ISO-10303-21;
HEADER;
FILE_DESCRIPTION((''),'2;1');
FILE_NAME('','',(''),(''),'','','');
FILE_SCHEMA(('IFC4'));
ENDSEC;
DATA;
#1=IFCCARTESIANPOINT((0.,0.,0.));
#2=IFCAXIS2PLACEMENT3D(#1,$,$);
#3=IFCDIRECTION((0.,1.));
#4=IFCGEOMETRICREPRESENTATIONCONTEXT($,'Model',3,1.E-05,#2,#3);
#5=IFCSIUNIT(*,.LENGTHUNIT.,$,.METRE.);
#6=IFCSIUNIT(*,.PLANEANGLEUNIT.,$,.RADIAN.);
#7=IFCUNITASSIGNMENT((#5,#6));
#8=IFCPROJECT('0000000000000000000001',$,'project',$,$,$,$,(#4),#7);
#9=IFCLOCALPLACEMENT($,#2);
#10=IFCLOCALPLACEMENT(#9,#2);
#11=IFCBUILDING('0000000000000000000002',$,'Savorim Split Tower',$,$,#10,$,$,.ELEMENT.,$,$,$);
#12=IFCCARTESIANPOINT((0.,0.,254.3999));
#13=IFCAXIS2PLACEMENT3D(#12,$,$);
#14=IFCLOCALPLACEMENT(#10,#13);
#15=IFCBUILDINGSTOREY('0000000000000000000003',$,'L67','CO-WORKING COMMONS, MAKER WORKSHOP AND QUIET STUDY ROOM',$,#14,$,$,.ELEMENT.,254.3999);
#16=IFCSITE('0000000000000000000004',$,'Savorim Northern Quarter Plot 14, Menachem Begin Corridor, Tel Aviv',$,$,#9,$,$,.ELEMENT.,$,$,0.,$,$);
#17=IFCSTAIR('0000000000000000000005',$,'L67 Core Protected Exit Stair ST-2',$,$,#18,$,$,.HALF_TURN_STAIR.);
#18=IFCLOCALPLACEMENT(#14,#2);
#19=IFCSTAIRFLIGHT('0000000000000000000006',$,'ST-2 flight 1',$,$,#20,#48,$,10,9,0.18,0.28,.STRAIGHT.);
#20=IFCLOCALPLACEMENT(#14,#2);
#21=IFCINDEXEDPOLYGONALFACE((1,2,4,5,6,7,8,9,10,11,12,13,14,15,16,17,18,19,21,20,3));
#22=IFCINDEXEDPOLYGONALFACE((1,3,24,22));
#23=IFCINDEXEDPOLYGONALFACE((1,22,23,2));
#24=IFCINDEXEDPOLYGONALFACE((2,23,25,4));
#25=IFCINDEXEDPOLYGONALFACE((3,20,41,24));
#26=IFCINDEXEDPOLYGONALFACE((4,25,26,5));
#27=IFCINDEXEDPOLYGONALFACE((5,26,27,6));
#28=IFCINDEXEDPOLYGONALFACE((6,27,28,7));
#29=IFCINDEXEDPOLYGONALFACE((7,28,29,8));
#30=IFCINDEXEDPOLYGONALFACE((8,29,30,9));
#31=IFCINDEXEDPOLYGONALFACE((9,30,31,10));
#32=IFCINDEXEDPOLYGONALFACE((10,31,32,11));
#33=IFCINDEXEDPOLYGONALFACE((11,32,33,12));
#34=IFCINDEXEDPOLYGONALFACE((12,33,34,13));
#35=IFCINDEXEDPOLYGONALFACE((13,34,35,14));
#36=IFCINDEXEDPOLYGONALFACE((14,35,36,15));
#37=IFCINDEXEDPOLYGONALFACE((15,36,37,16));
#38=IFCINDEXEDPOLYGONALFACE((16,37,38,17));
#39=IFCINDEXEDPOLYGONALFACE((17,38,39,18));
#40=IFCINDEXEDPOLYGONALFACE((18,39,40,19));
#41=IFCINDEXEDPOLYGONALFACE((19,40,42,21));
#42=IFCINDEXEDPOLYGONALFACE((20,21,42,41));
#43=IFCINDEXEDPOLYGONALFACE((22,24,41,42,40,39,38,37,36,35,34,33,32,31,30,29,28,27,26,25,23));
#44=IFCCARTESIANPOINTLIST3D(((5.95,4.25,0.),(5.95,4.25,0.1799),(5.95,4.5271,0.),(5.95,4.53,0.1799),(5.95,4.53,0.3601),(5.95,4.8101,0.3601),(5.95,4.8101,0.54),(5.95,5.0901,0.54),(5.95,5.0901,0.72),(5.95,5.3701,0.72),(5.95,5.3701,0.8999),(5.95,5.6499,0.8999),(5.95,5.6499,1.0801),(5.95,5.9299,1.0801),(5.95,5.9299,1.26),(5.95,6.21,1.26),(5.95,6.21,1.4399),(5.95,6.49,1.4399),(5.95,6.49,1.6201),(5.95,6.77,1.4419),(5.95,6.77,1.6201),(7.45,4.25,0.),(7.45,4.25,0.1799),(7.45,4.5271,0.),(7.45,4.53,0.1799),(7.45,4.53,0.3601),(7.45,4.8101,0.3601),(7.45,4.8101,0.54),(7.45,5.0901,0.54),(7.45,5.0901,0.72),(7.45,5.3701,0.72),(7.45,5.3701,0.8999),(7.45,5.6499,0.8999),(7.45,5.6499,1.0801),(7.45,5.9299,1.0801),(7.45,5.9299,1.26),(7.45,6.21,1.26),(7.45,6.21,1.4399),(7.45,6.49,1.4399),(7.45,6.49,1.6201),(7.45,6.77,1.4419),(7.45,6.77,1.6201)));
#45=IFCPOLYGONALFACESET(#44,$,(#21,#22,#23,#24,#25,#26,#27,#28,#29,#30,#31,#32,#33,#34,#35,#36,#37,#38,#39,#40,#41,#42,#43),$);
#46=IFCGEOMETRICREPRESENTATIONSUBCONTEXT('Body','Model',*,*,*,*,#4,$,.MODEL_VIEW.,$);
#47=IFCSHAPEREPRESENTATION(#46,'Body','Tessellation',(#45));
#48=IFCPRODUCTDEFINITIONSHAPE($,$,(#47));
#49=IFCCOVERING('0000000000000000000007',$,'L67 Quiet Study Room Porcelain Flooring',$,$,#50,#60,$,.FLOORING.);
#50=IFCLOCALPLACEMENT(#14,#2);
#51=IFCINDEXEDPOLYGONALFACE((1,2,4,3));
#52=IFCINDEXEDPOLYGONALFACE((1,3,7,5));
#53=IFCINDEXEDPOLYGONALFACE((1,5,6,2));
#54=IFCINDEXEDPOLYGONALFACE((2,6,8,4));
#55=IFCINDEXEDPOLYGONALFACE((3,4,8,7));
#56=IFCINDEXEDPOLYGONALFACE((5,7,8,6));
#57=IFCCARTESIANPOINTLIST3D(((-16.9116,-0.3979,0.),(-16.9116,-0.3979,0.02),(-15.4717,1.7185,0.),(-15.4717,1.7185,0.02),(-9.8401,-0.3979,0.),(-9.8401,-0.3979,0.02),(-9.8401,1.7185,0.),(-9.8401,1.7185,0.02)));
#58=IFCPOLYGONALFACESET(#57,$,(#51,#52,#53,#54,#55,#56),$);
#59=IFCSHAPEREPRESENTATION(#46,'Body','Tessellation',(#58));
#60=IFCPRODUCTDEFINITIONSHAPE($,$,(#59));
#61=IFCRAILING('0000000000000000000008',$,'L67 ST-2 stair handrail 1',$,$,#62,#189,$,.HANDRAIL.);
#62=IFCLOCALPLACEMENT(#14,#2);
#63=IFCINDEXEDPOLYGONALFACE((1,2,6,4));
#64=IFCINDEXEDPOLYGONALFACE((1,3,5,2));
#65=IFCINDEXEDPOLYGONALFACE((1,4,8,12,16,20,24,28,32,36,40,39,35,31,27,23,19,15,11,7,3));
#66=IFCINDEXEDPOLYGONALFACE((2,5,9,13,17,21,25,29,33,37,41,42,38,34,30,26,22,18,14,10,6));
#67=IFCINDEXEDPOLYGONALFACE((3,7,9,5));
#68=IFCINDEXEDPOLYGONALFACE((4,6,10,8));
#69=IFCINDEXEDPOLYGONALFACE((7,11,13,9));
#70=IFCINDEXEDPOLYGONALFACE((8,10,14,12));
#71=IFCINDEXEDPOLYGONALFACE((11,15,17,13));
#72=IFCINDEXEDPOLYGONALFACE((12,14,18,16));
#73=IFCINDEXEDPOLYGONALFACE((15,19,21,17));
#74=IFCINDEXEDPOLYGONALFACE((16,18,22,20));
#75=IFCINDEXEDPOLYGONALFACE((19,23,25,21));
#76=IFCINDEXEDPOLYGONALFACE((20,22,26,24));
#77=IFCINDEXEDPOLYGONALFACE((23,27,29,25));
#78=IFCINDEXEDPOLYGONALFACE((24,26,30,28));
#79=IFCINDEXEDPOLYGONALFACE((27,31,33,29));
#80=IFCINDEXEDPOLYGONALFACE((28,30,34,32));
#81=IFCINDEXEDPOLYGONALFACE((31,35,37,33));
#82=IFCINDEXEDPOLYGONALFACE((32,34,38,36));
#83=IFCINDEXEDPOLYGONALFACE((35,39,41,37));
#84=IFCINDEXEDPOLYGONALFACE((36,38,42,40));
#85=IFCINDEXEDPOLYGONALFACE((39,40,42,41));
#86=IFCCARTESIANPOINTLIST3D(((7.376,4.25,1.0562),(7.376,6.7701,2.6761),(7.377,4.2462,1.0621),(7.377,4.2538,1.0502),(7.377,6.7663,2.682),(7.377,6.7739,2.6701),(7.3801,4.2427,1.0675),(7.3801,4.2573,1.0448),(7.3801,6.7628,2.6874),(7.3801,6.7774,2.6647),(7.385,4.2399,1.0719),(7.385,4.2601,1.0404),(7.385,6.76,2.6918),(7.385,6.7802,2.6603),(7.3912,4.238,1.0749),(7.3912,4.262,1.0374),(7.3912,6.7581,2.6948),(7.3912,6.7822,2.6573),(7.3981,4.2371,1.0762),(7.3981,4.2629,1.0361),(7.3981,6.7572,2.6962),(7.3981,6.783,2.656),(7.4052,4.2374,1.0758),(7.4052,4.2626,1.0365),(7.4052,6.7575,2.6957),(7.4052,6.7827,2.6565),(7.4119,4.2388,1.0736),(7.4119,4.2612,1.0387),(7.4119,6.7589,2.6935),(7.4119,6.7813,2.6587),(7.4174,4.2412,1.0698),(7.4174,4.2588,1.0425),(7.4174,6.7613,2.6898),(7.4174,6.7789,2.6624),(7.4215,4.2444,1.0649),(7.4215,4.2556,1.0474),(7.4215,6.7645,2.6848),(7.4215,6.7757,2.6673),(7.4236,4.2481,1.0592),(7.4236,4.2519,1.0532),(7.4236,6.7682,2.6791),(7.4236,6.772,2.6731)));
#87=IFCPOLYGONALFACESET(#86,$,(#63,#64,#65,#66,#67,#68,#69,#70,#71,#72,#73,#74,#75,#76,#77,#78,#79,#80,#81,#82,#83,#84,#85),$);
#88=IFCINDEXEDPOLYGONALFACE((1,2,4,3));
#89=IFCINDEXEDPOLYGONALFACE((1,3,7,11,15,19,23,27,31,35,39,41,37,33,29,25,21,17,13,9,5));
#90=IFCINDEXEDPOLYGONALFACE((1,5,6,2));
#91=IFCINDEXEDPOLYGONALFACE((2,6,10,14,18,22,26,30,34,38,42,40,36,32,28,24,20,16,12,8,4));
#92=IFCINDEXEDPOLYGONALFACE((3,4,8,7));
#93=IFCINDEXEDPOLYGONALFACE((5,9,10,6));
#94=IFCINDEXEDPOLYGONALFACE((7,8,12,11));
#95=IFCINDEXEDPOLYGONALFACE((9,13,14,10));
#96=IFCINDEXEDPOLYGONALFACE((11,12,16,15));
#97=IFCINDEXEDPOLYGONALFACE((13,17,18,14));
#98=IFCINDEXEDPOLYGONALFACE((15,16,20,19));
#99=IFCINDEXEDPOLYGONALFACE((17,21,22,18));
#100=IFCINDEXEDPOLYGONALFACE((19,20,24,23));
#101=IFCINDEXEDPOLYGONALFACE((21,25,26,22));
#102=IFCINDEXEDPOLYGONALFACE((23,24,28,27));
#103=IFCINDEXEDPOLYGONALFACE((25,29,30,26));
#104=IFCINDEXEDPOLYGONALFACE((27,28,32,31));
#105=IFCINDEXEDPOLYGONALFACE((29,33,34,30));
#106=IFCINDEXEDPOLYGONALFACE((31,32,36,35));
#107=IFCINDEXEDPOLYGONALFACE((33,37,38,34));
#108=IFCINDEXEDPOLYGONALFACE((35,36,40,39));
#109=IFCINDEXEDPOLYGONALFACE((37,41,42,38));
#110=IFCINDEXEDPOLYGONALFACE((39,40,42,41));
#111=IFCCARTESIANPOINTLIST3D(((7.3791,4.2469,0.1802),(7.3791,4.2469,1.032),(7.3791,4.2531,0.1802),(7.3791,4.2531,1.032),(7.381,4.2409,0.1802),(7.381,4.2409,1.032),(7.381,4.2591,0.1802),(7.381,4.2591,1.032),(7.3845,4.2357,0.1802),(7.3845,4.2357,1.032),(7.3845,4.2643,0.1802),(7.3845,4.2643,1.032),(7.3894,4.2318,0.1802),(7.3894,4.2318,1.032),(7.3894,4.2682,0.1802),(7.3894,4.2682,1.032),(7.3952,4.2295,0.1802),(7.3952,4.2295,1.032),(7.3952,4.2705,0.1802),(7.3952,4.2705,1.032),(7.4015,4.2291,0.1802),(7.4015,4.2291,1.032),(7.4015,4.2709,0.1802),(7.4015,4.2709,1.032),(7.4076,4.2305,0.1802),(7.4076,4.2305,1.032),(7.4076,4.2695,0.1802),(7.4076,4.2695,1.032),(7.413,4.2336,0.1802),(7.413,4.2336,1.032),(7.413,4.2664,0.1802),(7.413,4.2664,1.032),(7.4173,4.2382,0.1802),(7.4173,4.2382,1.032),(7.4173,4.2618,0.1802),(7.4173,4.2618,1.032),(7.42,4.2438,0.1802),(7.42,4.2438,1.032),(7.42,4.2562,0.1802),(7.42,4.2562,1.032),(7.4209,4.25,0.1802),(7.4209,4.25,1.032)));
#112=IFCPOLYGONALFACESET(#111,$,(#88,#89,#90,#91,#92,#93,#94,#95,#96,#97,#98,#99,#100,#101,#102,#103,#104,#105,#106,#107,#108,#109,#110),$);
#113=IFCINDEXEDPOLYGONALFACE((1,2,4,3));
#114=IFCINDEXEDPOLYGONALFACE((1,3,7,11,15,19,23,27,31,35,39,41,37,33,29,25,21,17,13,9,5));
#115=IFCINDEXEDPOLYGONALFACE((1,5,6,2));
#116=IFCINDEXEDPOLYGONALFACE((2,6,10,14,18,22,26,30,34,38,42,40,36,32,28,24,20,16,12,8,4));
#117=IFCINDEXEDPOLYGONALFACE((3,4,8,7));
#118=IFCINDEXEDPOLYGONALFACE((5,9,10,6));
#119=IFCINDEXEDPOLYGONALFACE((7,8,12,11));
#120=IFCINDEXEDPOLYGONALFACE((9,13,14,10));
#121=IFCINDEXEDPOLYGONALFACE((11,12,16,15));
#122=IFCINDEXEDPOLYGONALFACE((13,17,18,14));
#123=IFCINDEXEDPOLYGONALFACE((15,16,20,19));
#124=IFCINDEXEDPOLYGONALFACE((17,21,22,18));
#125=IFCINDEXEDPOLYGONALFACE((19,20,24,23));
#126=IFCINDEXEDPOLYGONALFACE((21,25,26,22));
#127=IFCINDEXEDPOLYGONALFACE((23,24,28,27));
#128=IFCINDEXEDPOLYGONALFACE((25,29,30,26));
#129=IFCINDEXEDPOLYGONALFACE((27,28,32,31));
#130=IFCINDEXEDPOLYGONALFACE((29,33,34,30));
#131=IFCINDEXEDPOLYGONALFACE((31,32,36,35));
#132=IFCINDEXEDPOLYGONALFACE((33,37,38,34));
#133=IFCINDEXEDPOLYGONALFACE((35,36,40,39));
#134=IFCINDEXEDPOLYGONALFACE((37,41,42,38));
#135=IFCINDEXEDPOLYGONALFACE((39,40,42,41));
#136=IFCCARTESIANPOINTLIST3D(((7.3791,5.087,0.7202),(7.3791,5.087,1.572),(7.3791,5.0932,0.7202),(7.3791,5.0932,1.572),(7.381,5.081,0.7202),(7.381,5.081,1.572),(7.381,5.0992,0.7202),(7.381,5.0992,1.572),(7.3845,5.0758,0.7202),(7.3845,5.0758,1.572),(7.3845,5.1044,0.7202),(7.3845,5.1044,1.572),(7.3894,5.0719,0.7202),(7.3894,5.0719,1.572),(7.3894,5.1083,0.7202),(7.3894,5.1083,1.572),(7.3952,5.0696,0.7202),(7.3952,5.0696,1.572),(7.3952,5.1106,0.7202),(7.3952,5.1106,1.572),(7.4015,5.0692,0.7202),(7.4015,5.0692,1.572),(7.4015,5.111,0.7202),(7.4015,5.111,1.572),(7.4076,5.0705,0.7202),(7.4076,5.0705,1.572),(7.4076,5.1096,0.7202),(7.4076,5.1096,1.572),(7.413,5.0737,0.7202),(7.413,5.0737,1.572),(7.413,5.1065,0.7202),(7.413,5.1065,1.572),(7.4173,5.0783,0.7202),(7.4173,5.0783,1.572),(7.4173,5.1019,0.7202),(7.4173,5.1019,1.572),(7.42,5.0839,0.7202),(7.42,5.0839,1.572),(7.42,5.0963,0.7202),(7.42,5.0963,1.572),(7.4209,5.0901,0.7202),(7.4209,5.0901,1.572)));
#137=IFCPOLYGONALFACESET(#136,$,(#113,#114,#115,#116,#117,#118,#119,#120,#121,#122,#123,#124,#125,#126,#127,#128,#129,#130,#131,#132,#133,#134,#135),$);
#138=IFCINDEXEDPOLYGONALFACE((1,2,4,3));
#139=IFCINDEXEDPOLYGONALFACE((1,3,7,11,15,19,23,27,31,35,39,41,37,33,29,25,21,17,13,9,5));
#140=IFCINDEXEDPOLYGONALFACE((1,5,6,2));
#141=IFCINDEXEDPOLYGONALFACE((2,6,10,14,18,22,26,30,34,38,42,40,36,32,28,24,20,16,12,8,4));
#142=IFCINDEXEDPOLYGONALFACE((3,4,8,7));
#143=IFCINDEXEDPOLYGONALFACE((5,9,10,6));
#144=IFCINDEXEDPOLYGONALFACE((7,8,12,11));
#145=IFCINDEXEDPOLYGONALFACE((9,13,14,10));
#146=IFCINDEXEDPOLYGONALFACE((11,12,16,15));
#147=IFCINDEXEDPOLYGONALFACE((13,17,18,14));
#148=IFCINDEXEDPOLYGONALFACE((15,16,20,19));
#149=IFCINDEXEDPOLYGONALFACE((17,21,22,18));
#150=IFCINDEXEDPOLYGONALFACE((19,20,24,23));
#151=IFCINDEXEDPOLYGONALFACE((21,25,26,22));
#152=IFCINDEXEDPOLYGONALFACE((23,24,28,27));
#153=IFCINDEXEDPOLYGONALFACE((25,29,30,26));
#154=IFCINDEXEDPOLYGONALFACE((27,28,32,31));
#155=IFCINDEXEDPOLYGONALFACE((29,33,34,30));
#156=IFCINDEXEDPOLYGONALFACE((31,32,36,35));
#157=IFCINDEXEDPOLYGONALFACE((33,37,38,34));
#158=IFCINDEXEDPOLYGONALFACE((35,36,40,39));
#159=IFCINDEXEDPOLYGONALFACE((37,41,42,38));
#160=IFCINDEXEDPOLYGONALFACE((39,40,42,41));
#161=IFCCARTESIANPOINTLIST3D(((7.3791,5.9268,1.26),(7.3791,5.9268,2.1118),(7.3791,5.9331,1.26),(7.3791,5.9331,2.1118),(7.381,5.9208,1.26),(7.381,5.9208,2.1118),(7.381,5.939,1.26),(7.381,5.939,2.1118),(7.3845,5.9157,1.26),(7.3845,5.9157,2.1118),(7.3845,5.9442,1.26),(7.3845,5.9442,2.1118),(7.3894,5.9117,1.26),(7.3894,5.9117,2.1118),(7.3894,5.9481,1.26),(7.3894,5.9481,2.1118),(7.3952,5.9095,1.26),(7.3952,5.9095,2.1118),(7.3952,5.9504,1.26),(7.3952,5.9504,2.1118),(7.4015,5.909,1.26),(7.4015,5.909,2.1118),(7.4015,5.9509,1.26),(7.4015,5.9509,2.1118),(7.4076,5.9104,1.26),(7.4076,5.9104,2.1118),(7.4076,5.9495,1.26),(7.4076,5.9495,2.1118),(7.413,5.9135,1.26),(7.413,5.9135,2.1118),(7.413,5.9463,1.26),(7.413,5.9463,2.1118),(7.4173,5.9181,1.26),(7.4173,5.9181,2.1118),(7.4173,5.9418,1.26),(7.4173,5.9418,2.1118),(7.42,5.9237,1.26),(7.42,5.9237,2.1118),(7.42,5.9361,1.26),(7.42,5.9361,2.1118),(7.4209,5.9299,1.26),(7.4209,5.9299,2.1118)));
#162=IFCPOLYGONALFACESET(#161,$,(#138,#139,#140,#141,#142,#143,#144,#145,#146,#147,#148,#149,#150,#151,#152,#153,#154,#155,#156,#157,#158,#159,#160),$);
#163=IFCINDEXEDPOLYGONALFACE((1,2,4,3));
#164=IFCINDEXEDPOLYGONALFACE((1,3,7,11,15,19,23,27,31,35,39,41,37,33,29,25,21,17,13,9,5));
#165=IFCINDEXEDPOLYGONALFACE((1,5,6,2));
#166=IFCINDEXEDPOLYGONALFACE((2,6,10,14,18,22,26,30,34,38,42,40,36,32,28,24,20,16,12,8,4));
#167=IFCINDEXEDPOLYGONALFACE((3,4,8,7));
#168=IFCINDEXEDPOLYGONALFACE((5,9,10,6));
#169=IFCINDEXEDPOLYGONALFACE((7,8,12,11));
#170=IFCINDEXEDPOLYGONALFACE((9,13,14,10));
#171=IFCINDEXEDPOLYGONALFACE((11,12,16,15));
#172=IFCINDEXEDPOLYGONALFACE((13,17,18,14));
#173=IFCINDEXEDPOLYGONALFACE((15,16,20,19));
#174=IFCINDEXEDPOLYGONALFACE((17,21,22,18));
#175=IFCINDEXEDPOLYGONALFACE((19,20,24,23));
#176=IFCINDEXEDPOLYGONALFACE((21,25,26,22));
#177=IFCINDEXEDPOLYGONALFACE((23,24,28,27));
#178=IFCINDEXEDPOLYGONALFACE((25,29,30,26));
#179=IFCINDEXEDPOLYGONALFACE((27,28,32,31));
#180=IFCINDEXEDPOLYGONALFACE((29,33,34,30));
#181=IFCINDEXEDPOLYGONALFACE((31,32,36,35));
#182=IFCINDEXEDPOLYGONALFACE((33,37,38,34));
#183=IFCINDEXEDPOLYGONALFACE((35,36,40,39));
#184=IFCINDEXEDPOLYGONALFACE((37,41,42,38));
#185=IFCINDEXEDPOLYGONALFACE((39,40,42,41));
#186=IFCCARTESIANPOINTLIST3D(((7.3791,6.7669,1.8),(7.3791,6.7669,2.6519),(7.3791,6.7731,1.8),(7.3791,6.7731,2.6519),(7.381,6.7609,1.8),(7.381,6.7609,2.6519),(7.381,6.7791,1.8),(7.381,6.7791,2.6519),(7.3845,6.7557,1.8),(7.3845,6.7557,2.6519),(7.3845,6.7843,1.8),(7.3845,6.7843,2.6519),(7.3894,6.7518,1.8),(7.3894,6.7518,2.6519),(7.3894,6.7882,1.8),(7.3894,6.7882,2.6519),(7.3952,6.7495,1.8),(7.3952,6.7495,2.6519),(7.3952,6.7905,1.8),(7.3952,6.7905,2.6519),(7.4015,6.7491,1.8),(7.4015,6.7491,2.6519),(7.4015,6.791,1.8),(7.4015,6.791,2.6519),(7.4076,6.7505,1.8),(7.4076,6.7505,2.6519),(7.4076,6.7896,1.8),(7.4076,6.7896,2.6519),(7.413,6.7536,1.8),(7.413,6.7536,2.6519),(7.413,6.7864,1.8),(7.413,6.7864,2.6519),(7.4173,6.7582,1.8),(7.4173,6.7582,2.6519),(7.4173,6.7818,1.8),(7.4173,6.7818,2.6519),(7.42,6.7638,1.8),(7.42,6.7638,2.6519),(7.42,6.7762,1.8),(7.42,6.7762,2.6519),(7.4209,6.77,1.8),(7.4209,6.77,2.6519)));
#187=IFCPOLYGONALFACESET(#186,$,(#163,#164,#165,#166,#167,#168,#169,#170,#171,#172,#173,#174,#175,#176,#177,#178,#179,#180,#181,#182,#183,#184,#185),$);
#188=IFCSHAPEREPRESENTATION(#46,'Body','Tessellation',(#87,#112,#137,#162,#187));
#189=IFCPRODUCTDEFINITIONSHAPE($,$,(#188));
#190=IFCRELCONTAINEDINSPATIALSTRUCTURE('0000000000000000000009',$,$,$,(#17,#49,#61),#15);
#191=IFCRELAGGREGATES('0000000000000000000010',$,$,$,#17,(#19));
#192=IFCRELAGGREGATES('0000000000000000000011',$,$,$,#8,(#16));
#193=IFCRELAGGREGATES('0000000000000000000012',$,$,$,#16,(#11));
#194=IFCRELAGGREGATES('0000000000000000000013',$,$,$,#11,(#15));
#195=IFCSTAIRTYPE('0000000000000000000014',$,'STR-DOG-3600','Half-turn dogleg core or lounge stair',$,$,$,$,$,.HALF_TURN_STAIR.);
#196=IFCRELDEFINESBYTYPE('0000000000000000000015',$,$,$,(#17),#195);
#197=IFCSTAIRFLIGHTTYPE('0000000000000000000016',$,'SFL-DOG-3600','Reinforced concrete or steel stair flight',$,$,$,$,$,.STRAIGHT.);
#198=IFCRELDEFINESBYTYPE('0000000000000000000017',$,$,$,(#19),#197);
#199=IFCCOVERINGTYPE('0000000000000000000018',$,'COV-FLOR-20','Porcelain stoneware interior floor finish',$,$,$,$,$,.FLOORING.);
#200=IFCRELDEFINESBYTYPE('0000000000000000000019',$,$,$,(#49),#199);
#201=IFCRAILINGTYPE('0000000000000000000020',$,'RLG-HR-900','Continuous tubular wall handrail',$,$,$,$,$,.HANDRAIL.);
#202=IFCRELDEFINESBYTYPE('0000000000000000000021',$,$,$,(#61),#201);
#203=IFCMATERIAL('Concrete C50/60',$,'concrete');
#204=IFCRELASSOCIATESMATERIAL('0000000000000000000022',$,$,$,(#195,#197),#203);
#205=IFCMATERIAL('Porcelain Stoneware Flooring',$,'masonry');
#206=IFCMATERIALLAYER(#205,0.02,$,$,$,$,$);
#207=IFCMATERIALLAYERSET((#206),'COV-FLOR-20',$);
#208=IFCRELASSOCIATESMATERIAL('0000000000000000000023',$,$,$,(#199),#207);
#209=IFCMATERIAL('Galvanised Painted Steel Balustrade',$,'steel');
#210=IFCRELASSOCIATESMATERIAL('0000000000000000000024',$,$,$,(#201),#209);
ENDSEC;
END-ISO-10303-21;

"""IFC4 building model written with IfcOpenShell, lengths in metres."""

from ifc_helpers import new_model, si_unit, direction, frame, origin, origin_2d, place, context, subcontext, project, spatial, polyline, circle, outline, extrude, material, layer, layer_set, type_object, element, aggregate, save


model = new_model("IFC4")

# Units and contexts
model_context = context("Model", 3, precision=1e-05, world=origin(), true_north=direction((0.0, 1.0)))
body_context = subcontext(model_context, "Body", "Model", "MODEL_VIEW")
ifc_project = project(units=[si_unit("LENGTHUNIT", "METRE"), si_unit("PLANEANGLEUNIT", "RADIAN")], contexts=[model_context])

# Site, building, storey
site_placement = place(None, origin())
site = spatial("IfcSite", under=ifc_project, at=site_placement, Name="Savorim Northern Quarter Plot 14, Menachem Begin Corridor, Tel Aviv", CompositionType="ELEMENT", RefElevation=0.0)
building_placement = place(site_placement, origin())
building = spatial("IfcBuilding", under=site, at=building_placement, Name="Savorim Split Tower", CompositionType="ELEMENT")
storey_placement = place(building_placement, frame((0.0, 0.0, 254.3999)))
storey = spatial("IfcBuildingStorey", under=building, at=storey_placement, Name="L67", Description="CO-WORKING COMMONS, MAKER WORKSHOP AND QUIET STUDY ROOM", CompositionType="ELEMENT", Elevation=254.3999)

# Shared definitions
ifc_material_1 = material(Name="Concrete C50/60", Category="concrete")

# Stair, stair flight
stair_type = type_object("IfcStairType", Name="STR-DOG-3600", Description="Half-turn dogleg core or lounge stair", PredefinedType="HALF_TURN_STAIR", material=ifc_material_1)
stair_placement = place(storey_placement, origin())
stair = element("IfcStair", 1, at=stair_placement, inside=storey, type_object=stair_type, Name="L67 Core Protected Exit Stair ST-2", PredefinedType="HALF_TURN_STAIR")
stair_flight_type = type_object("IfcStairFlightType", Name="SFL-DOG-3600", Description="Reinforced concrete or steel stair flight", PredefinedType="STRAIGHT", material=ifc_material_1)
stair_flight_placement = place(storey_placement, frame((6.7, 4.25, 0.0), z_axis=(0.0, 0.0, 1.0), x_axis=(0.0, 1.0, 0.0)))
stair_flight = element("IfcStairFlight", 2, at=stair_flight_placement, type_object=stair_flight_type, Name="ST-2 flight 1", NumberOfRisers=10, NumberOfTreads=9, PredefinedType="STRAIGHT", RiserHeight=0.18, TreadLength=0.28, context=body_context, shape_type="SweptSolid", body=[
    extrude(outline(polyline([(0.0, 0.0), (0.0, 0.1799), (0.28, 0.1799), (0.28, 0.3601), (0.5601, 0.3601), (0.5601, 0.54), (0.8401, 0.54), (0.8401, 0.72), (1.1201, 0.72), (1.1201, 0.8999), (1.3999, 0.8999), (1.3999, 1.0801), (1.6799, 1.0801), (1.6799, 1.26), (1.96, 1.26), (1.96, 1.4399), (2.24, 1.4399), (2.24, 1.6201), (2.52, 1.6201), (2.52, 1.8), (2.52, 1.4419), (0.2771, 0.0), (0.0, 0.0)])), frame((0.0, 0.75, 0.0), z_axis=(0.0, -1.0, 0.0), x_axis=(1.0, 0.0, 0.0)), (0.0, 0.0, 1.0), 1.5),
])
aggregate(stair, [stair_flight])

# Covering
ifc_material_2 = material(Name="Porcelain Stoneware Flooring", Category="masonry")
ifc_layer_1 = layer(ifc_material_2, 0.02)
ifc_layer_set_1 = layer_set([ifc_layer_1], Name="COV-FLOR-20")
covering_type = type_object("IfcCoveringType", Name="COV-FLOR-20", Description="Porcelain stoneware interior floor finish", PredefinedType="FLOORING", material=ifc_layer_set_1)
covering_placement = place(storey_placement, origin())
element("IfcCovering", 3, at=covering_placement, inside=storey, type_object=covering_type, Name="L67 Quiet Study Room Porcelain Flooring", PredefinedType="FLOORING", context=body_context, shape_type="SweptSolid", body=[
    extrude(outline(polyline([(-15.4717, 1.7185), (-16.9116, -0.3979), (-9.8401, -0.3979), (-9.8401, 1.7185), (-15.4717, 1.7185)])), origin(), (0.0, 0.0, 1.0), 0.02),
])

# Railing
ifc_material_3 = material(Name="Galvanised Painted Steel Balustrade", Category="steel")
railing_type_1 = type_object("IfcRailingType", Name="RLG-HR-900", Description="Continuous tubular wall handrail", PredefinedType="HANDRAIL", material=ifc_material_3)
railing_1_placement = place(storey_placement, frame((7.3999, 4.25, 0.1802)))
element("IfcRailing", 4, at=railing_1_placement, inside=storey, type_object=railing_type_1, Name="L67 ST-2 stair handrail 1", PredefinedType="HANDRAIL", context=body_context, shape_type="SweptSolid", body=[
    extrude(circle(Radius=0.0239, at=origin_2d()), frame((0.0, 0.0, 0.876), z_axis=(0.0, 0.8412, 0.540725), x_axis=(-1.0, 0.0, 0.0)), (0.0, 0.0, 1.0), 2.9958),
    extrude(circle(Radius=0.021, at=origin_2d()), origin(), (0.0, 0.0, 1.0), 0.8518),
    extrude(circle(Radius=0.021, at=origin_2d()), frame((0.0, 0.8401, 0.54)), (0.0, 0.0, 1.0), 0.8518),
    extrude(circle(Radius=0.021, at=origin_2d()), frame((0.0, 1.6799, 1.0798)), (0.0, 0.0, 1.0), 0.8518),
    extrude(circle(Radius=0.021, at=origin_2d()), frame((0.0, 2.52, 1.6199)), (0.0, 0.0, 1.0), 0.8518),
])

save(model, "model.ifc")
